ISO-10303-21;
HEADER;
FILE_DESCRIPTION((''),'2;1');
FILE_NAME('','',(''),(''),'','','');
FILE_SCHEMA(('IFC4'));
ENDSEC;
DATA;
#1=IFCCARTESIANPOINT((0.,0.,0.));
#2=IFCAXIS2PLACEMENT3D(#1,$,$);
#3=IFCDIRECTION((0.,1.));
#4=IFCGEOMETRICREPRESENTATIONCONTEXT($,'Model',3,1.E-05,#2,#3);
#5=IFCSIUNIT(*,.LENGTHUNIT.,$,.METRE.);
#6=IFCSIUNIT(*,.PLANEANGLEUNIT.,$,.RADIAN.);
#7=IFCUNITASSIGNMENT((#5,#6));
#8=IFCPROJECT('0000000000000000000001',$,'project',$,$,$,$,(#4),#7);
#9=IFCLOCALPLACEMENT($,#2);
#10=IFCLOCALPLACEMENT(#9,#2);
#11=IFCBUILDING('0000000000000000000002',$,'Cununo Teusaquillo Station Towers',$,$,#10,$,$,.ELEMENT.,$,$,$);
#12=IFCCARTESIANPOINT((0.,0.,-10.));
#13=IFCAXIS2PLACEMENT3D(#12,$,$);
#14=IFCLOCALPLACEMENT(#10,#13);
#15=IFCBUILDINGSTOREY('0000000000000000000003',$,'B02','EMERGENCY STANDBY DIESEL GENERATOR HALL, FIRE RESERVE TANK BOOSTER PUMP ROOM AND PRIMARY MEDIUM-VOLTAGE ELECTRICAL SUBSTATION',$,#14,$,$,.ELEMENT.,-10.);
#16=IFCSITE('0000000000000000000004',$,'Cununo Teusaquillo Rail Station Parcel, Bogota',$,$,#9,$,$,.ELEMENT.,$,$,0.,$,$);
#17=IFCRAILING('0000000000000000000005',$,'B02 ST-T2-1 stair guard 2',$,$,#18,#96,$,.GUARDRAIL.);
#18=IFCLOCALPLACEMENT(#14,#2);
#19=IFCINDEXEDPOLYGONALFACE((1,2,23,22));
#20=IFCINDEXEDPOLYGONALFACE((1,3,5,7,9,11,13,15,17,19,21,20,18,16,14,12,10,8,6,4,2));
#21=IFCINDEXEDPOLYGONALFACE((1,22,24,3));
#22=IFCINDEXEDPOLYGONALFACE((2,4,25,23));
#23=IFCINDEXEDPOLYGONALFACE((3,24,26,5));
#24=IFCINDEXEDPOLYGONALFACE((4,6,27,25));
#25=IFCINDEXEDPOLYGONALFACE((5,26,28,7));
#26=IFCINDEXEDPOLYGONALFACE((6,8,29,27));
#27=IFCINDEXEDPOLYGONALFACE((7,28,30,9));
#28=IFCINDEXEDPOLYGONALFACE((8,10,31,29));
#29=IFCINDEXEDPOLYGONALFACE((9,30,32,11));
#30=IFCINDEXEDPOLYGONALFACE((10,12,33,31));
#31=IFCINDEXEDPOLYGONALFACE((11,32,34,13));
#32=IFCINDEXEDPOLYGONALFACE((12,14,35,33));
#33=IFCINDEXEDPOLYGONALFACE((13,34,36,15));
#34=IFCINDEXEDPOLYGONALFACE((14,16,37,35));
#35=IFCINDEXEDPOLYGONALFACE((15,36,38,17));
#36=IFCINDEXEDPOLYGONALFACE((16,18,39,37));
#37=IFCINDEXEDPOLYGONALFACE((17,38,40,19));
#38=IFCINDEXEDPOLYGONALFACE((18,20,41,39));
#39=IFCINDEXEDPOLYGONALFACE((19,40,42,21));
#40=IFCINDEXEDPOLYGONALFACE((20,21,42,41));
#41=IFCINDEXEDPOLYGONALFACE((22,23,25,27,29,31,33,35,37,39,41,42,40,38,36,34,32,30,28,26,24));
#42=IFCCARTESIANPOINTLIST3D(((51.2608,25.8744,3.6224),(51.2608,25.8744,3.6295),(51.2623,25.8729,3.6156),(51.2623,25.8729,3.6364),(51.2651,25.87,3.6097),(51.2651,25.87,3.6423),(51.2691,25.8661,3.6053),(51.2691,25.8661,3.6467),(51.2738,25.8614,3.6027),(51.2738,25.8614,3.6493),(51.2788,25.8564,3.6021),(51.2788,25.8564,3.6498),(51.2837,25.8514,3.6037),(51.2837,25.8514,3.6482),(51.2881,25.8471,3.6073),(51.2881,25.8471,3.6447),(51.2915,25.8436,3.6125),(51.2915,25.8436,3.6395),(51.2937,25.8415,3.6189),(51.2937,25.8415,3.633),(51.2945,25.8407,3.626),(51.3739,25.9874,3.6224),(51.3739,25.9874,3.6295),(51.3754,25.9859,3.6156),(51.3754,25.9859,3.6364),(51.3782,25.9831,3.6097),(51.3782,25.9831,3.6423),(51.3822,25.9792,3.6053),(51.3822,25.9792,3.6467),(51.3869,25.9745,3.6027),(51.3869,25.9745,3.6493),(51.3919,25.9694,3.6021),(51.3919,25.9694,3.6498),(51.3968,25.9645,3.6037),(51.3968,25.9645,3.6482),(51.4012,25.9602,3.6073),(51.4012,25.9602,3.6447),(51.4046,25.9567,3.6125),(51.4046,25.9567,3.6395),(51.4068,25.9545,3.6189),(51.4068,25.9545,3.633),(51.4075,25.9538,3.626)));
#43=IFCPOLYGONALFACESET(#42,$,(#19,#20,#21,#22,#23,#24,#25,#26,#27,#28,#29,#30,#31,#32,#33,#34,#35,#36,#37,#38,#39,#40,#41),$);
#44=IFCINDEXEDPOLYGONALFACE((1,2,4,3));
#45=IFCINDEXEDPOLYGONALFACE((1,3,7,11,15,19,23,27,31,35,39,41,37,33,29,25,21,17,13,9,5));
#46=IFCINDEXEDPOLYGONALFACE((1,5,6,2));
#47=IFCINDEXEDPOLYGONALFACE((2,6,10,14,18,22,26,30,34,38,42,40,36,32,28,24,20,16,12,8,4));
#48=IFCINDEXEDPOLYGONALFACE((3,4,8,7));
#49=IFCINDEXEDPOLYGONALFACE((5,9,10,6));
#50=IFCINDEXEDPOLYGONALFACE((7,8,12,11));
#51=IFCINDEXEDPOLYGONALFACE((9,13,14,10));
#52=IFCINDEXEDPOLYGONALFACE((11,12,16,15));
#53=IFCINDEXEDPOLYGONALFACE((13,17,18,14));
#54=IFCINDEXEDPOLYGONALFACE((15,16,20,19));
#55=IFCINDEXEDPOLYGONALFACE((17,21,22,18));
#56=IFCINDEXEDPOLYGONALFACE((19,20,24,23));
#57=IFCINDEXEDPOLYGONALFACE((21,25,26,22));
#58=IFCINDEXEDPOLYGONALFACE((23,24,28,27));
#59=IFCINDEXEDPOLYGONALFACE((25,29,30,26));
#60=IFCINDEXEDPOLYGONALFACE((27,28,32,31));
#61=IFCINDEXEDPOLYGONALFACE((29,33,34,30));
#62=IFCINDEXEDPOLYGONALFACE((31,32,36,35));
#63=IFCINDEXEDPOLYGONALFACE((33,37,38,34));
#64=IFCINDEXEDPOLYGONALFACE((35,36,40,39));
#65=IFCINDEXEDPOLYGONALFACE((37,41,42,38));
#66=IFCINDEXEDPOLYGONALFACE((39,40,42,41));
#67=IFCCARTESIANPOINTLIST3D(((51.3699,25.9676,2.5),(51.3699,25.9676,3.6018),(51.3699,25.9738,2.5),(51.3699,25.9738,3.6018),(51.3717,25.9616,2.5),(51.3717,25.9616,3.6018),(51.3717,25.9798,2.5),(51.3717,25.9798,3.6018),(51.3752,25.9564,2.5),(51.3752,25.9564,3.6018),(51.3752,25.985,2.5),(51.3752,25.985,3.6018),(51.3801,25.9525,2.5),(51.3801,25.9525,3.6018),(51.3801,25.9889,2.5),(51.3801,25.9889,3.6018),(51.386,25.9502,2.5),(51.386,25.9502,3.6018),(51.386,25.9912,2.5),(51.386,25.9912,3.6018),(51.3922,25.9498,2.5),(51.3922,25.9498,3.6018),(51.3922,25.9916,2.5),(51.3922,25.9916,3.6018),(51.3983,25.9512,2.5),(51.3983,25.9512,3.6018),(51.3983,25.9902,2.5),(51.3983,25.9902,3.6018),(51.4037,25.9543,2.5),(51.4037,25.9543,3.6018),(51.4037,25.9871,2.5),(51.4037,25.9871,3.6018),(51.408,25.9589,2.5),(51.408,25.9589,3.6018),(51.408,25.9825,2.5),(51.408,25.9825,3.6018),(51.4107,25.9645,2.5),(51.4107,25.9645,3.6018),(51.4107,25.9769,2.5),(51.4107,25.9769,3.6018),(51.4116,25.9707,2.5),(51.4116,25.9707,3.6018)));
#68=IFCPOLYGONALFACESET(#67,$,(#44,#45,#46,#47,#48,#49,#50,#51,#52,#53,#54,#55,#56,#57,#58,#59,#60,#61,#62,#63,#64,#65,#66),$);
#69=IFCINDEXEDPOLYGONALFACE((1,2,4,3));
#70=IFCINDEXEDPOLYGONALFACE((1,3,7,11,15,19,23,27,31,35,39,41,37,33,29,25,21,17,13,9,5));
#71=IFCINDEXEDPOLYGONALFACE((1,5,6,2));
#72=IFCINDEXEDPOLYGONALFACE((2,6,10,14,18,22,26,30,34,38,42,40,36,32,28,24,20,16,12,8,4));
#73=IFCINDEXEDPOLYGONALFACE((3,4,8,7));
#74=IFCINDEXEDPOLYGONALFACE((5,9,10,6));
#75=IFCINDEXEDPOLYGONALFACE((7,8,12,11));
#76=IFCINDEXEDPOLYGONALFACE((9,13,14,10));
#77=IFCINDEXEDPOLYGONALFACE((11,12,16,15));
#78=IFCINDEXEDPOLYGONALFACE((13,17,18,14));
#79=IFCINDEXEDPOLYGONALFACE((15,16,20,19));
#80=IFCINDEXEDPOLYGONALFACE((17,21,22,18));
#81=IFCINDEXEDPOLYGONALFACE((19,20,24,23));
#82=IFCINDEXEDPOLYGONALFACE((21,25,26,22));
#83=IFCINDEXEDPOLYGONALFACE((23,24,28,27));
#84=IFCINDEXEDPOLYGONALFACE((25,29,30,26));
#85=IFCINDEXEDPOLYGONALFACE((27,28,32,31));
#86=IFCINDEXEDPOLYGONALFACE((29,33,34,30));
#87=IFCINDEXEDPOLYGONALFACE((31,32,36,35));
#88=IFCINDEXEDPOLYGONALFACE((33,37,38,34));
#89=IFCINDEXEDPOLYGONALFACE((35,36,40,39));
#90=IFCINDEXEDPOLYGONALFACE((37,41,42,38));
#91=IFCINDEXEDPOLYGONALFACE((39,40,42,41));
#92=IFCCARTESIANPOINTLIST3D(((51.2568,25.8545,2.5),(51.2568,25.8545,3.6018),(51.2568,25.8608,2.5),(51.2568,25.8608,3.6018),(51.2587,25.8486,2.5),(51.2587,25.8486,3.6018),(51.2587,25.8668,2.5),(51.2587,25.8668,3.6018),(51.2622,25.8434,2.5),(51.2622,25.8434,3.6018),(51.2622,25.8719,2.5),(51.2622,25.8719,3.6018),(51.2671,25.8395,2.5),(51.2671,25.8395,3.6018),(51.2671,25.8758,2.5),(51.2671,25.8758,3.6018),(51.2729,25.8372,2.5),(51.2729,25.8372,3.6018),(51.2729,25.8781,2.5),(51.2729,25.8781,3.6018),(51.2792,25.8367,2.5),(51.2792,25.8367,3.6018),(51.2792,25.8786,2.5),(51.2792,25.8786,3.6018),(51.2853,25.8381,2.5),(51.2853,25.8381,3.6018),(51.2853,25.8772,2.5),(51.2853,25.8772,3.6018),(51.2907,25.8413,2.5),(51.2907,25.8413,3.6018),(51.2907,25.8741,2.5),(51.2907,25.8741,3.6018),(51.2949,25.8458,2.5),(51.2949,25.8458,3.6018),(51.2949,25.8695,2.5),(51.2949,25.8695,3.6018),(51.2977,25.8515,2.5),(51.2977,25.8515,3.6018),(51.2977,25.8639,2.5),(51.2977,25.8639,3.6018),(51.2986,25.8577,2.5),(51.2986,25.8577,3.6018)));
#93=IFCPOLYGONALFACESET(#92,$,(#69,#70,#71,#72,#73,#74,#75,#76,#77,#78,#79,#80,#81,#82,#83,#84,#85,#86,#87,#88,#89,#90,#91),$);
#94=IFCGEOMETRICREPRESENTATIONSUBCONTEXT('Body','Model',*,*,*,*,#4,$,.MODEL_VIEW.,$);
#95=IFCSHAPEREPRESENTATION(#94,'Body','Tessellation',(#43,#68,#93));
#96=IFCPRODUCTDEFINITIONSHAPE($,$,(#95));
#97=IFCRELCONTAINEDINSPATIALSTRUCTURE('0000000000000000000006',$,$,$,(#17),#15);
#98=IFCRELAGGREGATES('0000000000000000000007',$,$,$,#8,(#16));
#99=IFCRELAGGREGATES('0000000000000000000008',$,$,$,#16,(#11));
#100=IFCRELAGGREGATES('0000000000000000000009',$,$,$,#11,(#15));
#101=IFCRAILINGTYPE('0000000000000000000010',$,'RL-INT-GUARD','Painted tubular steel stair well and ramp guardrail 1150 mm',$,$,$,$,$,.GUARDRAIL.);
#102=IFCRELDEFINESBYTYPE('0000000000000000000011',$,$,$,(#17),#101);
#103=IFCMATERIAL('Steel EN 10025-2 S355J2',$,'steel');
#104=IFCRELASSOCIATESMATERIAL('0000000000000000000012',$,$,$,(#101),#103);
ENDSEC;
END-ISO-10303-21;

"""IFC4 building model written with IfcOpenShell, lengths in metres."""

from ifc_helpers import new_model, si_unit, direction, frame, origin, origin_2d, place, context, subcontext, project, spatial, circle, extrude, material, type_object, element, save


model = new_model("IFC4")

# Units and contexts
model_context = context("Model", 3, precision=1e-05, world=origin(), true_north=direction((0.0, 1.0)))
body_context = subcontext(model_context, "Body", "Model", "MODEL_VIEW")
ifc_project = project(units=[si_unit("LENGTHUNIT", "METRE"), si_unit("PLANEANGLEUNIT", "RADIAN")], contexts=[model_context])

# Site, building, storey
site_placement = place(None, origin())
site = spatial("IfcSite", under=ifc_project, at=site_placement, Name="Cununo Teusaquillo Rail Station Parcel, Bogota", CompositionType="ELEMENT", RefElevation=0.0)
building_placement = place(site_placement, origin())
building = spatial("IfcBuilding", under=site, at=building_placement, Name="Cununo Teusaquillo Station Towers", CompositionType="ELEMENT")
storey_placement = place(building_placement, frame((0.0, 0.0, -10.0)))
storey = spatial("IfcBuildingStorey", under=building, at=storey_placement, Name="B02", Description="EMERGENCY STANDBY DIESEL GENERATOR HALL, FIRE RESERVE TANK BOOSTER PUMP ROOM AND PRIMARY MEDIUM-VOLTAGE ELECTRICAL SUBSTATION", CompositionType="ELEMENT", Elevation=-10.0)

# Railing
ifc_material_1 = material(Name="Steel EN 10025-2 S355J2", Category="steel")
railing_type = type_object("IfcRailingType", Name="RL-INT-GUARD", Description="Painted tubular steel stair well and ramp guardrail 1150 mm", PredefinedType="GUARDRAIL", material=ifc_material_1)
railing_1_placement = place(storey_placement, frame((51.3906, 25.9707, 2.5)))
element("IfcRailing", 1, at=railing_1_placement, inside=storey, type_object=railing_type, Name="B02 ST-T2-1 stair guard 2", PredefinedType="GUARDRAIL", context=body_context, shape_type="SweptSolid", body=[
    extrude(circle(Radius=0.0239, at=origin_2d()), frame((0.0, 0.0, 1.126), z_axis=(-0.707107, -0.707107, 0.0), x_axis=(0.707107, -0.707107, 0.0)), (0.0, 0.0, 1.0), 0.1599),
    extrude(circle(Radius=0.021, at=origin_2d()), origin(), (0.0, 0.0, 1.0), 1.1018),
    extrude(circle(Radius=0.021, at=origin_2d()), frame((-0.113, -0.113, 0.0)), (0.0, 0.0, 1.0), 1.1018),
])

save(model, "model.ifc")
